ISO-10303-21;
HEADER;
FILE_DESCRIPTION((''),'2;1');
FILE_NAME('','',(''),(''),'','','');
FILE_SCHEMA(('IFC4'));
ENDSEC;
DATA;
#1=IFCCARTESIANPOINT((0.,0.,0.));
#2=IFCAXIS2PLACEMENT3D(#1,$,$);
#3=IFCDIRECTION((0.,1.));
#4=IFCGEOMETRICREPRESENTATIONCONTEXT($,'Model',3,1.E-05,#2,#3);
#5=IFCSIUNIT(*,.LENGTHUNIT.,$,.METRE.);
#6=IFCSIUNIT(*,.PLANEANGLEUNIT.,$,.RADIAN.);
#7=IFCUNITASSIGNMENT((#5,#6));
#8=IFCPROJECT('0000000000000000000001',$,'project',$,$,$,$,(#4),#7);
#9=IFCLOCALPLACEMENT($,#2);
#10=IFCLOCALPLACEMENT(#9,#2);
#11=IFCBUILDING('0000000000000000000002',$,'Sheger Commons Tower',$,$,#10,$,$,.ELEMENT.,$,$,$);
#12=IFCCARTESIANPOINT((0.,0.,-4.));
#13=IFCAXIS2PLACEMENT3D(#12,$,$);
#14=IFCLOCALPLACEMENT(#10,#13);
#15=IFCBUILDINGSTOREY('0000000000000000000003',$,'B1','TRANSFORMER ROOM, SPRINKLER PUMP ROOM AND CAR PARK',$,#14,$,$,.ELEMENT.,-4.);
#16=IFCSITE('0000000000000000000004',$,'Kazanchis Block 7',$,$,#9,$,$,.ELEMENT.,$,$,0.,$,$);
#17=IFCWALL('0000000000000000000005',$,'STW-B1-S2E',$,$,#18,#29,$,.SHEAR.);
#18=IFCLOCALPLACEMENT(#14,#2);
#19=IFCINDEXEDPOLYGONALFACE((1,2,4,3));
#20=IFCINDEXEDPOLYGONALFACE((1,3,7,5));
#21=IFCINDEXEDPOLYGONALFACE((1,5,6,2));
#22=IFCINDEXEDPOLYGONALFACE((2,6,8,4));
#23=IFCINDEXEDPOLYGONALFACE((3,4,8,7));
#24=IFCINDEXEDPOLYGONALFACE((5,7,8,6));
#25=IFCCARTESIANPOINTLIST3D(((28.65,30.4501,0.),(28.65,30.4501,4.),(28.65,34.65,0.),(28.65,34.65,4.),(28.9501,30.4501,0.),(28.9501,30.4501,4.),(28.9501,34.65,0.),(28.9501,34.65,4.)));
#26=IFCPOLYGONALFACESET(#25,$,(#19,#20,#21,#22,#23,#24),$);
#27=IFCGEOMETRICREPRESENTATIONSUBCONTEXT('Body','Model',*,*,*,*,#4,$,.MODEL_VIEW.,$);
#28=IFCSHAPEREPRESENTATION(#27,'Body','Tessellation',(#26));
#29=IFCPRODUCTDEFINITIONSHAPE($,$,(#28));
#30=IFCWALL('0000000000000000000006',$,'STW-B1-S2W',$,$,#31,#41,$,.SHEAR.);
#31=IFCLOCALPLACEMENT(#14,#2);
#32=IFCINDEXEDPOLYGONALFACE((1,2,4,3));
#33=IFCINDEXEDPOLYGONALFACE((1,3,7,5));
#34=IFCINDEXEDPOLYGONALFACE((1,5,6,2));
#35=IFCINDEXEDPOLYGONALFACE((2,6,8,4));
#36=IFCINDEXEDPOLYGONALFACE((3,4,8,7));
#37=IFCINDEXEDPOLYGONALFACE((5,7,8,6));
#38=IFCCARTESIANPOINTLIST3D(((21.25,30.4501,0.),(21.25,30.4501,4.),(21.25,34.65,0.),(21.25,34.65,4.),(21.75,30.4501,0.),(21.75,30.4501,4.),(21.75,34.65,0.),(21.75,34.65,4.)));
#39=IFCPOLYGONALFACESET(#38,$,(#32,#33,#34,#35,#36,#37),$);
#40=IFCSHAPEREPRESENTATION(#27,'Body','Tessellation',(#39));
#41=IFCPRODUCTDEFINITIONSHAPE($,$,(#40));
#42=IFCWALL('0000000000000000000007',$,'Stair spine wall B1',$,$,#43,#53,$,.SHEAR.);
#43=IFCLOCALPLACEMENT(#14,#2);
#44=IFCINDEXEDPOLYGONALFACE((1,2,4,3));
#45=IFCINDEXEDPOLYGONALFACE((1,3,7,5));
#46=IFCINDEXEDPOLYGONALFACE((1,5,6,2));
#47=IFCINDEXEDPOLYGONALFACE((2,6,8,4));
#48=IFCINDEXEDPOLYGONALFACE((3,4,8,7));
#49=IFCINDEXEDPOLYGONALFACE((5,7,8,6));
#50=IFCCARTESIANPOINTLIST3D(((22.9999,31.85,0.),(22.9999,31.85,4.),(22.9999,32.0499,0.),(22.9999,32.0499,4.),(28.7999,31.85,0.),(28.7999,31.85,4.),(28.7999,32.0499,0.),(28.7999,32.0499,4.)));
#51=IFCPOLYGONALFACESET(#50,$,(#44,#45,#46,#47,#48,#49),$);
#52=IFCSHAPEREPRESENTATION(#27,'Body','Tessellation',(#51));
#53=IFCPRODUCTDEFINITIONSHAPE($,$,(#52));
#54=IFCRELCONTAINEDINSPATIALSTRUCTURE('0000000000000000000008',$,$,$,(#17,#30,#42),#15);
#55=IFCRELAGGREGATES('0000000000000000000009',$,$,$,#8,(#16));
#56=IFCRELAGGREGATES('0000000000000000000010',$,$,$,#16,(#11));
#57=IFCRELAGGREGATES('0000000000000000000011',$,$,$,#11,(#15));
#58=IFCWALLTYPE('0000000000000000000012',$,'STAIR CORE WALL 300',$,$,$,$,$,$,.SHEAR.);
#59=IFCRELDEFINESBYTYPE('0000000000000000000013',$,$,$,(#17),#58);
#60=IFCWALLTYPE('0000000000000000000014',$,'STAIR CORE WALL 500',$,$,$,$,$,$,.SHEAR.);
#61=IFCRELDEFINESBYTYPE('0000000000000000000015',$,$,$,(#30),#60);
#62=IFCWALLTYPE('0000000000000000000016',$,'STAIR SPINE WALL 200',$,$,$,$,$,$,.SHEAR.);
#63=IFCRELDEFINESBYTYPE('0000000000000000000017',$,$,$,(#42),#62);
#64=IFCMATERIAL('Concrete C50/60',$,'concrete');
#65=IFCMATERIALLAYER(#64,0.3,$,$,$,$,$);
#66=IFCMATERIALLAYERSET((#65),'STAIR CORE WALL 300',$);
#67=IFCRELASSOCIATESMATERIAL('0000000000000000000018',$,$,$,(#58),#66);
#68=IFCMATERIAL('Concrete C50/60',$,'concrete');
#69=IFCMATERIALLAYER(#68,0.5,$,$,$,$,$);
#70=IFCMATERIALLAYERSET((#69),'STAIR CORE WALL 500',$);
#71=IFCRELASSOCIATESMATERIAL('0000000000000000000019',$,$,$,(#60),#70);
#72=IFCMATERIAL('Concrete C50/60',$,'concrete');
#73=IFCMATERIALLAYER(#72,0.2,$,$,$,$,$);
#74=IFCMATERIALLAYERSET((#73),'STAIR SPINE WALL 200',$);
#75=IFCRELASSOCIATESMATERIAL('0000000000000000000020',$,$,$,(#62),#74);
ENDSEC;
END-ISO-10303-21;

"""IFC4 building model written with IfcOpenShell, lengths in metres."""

from ifc_helpers import new_model, si_unit, direction, frame, frame_2d, origin, place, context, subcontext, project, spatial, rectangle, extrude, material, layer, layer_set, type_object, element, save


model = new_model("IFC4")

# Units and contexts
model_context = context("Model", 3, precision=1e-05, world=origin(), true_north=direction((0.0, 1.0)))
body_context = subcontext(model_context, "Body", "Model", "MODEL_VIEW")
ifc_project = project(units=[si_unit("LENGTHUNIT", "METRE"), si_unit("PLANEANGLEUNIT", "RADIAN")], contexts=[model_context])

# Site, building, storey
site_placement = place(None, origin())
site = spatial("IfcSite", under=ifc_project, at=site_placement, Name="Kazanchis Block 7", CompositionType="ELEMENT", RefElevation=0.0)
building_placement = place(site_placement, origin())
building = spatial("IfcBuilding", under=site, at=building_placement, Name="Sheger Commons Tower", CompositionType="ELEMENT")
storey_placement = place(building_placement, frame((0.0, 0.0, -4.0)))
storey = spatial("IfcBuildingStorey", under=building, at=storey_placement, Name="B1", Description="TRANSFORMER ROOM, SPRINKLER PUMP ROOM AND CAR PARK", CompositionType="ELEMENT", Elevation=-4.0)

# Shared definitions
ifc_material_1 = material(Name="Concrete C50/60", Category="concrete")
ifc_layer_1 = layer(ifc_material_1, 0.3)
ifc_layer_set_1 = layer_set([ifc_layer_1], Name="STAIR CORE WALL 300")
wall_type_1 = type_object("IfcWallType", Name="STAIR CORE WALL 300", PredefinedType="SHEAR", material=ifc_layer_set_1)

# Walls
wall_1_placement = place(storey_placement, frame((28.8, 30.45, 0.0), z_axis=(0.0, 0.0, 1.0), x_axis=(0.0, 1.0, 0.0)))
element("IfcWall", 1, at=wall_1_placement, inside=storey, type_object=wall_type_1, Name="STW-B1-S2E", PredefinedType="SHEAR", context=body_context, shape_type="SweptSolid", body=[
    extrude(rectangle(XDim=4.2, YDim=0.3, at=frame_2d((2.1001, 0.0))), origin(), (0.0, 0.0, 1.0), 4.0),
])
ifc_material_2 = material(Name="Concrete C50/60", Category="concrete")
ifc_layer_2 = layer(ifc_material_2, 0.5)
ifc_layer_set_2 = layer_set([ifc_layer_2], Name="STAIR CORE WALL 500")
wall_type_2 = type_object("IfcWallType", Name="STAIR CORE WALL 500", PredefinedType="SHEAR", material=ifc_layer_set_2)
wall_2_placement = place(storey_placement, frame((21.5, 30.45, 0.0), z_axis=(0.0, 0.0, 1.0), x_axis=(0.0, 1.0, 0.0)))
element("IfcWall", 2, at=wall_2_placement, inside=storey, type_object=wall_type_2, Name="STW-B1-S2W", PredefinedType="SHEAR", context=body_context, shape_type="SweptSolid", body=[
    extrude(rectangle(XDim=4.2, YDim=0.5, at=frame_2d((2.1001, 0.0))), origin(), (0.0, 0.0, 1.0), 4.0),
])
ifc_material_3 = material(Name="Concrete C50/60", Category="concrete")
ifc_layer_3 = layer(ifc_material_3, 0.2)
ifc_layer_set_3 = layer_set([ifc_layer_3], Name="STAIR SPINE WALL 200")
wall_type_3 = type_object("IfcWallType", Name="STAIR SPINE WALL 200", PredefinedType="SHEAR", material=ifc_layer_set_3)
wall_3_placement = place(storey_placement, frame((23.0, 31.95, 0.0), z_axis=(0.0, 0.0, 1.0), x_axis=(1.0, 0.0, 0.0)))
element("IfcWall", 3, at=wall_3_placement, inside=storey, type_object=wall_type_3, Name="Stair spine wall B1", PredefinedType="SHEAR", context=body_context, shape_type="SweptSolid", body=[
    extrude(rectangle(XDim=5.8, YDim=0.2, at=frame_2d((2.8999, 0.0))), origin(), (0.0, 0.0, 1.0), 4.0),
])

save(model, "model.ifc")
